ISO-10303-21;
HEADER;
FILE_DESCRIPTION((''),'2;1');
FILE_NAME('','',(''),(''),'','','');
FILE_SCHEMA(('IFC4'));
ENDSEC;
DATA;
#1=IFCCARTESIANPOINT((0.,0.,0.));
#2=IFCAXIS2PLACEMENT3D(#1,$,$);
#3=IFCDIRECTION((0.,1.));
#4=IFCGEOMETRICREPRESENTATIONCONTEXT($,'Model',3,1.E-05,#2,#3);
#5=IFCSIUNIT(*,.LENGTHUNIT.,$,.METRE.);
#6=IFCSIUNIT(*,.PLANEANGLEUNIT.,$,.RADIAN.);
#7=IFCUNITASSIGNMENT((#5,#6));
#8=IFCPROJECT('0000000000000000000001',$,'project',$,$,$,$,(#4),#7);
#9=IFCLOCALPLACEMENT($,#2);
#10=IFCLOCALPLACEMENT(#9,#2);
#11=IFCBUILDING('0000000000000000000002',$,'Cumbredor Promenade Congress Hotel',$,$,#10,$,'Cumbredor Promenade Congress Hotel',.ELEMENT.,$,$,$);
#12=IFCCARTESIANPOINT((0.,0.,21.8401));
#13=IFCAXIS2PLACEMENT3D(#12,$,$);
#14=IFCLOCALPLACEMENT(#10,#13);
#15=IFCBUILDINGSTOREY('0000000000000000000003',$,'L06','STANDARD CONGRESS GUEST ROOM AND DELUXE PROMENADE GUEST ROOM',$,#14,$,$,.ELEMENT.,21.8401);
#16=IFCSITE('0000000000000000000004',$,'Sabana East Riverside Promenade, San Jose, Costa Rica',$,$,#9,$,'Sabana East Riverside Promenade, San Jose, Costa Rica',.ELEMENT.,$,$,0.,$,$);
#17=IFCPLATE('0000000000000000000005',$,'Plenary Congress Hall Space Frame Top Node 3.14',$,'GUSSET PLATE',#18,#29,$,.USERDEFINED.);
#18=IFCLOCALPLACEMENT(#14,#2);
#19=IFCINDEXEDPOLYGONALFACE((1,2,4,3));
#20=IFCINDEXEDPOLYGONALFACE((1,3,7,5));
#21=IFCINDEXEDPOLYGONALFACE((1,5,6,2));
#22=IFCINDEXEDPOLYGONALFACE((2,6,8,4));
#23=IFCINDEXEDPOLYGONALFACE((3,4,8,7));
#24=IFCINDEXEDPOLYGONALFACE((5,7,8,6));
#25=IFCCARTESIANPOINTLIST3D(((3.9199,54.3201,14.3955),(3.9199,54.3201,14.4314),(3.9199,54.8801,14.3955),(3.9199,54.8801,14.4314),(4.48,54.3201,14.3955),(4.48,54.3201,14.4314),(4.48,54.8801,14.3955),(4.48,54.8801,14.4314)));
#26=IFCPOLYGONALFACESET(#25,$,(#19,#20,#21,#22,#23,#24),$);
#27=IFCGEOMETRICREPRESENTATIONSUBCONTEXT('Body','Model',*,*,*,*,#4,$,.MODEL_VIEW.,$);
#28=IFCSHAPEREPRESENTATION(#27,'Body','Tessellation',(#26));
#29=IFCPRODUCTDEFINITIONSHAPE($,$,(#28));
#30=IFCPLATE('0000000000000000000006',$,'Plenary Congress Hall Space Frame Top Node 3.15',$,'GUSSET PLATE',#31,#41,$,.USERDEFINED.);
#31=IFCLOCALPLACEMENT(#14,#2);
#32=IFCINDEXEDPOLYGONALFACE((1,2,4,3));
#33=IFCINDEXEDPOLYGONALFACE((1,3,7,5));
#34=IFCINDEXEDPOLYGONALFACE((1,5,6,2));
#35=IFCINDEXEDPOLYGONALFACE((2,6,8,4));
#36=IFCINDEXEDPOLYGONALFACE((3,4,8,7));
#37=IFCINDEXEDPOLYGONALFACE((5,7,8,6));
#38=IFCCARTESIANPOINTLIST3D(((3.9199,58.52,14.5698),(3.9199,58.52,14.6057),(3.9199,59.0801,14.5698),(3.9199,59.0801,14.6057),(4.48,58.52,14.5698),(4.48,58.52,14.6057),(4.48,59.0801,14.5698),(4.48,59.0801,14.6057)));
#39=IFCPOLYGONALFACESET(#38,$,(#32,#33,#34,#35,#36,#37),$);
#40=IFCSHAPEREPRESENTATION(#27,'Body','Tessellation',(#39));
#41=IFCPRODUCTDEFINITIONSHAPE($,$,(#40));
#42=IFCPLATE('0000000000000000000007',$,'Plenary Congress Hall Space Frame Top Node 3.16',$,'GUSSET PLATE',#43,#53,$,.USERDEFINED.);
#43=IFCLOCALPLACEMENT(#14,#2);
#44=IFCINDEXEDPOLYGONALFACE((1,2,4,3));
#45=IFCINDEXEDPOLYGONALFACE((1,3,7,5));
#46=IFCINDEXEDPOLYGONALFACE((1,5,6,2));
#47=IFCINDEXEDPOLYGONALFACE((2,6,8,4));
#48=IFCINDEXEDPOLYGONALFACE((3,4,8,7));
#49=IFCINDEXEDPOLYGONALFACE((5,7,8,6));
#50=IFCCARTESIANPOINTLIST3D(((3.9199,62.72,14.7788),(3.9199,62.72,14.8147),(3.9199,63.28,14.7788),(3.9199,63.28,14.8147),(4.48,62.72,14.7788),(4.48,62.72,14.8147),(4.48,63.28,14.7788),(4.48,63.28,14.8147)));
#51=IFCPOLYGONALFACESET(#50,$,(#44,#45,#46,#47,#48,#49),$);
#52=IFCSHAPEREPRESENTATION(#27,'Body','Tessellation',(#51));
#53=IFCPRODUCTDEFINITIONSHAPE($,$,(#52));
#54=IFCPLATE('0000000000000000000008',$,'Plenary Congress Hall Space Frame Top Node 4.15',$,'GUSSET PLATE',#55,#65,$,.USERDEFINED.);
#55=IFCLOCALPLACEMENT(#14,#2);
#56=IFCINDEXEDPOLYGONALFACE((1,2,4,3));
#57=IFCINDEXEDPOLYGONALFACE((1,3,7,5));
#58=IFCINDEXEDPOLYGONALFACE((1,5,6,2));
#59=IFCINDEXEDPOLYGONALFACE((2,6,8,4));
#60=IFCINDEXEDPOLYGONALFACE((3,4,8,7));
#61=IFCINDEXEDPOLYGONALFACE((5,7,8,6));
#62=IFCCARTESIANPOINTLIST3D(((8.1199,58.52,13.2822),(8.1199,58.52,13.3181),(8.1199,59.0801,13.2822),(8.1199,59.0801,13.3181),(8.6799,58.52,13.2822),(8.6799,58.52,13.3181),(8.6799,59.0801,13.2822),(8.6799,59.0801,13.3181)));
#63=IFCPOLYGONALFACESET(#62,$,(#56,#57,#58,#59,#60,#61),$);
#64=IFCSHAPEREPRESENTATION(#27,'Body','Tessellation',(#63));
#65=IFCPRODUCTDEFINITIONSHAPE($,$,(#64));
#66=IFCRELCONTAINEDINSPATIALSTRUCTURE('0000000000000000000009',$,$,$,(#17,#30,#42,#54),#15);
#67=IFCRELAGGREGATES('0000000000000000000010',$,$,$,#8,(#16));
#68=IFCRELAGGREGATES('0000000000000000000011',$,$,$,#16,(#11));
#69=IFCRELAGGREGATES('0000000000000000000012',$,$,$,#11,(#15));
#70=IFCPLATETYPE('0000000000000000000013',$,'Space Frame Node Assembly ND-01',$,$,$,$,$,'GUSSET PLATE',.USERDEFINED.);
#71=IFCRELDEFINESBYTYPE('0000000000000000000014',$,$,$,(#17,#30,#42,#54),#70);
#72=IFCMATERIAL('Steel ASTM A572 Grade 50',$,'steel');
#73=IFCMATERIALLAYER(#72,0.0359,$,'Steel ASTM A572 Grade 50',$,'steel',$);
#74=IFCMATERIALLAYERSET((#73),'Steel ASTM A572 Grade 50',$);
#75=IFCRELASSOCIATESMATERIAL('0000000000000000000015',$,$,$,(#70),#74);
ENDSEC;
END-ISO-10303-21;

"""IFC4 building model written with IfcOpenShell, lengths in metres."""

from ifc_helpers import new_model, si_unit, direction, frame, origin, origin_2d, place, context, subcontext, project, spatial, rectangle, extrude, material, layer, layer_set, type_object, element, save


model = new_model("IFC4")

# Units and contexts
model_context = context("Model", 3, precision=1e-05, world=origin(), true_north=direction((0.0, 1.0)))
body_context = subcontext(model_context, "Body", "Model", "MODEL_VIEW")
ifc_project = project(units=[si_unit("LENGTHUNIT", "METRE"), si_unit("PLANEANGLEUNIT", "RADIAN")], contexts=[model_context])

# Site, building, storey
site_placement = place(None, origin())
site = spatial("IfcSite", under=ifc_project, at=site_placement, Name="Sabana East Riverside Promenade, San Jose, Costa Rica", LongName="Sabana East Riverside Promenade, San Jose, Costa Rica", CompositionType="ELEMENT", RefElevation=0.0)
building_placement = place(site_placement, origin())
building = spatial("IfcBuilding", under=site, at=building_placement, Name="Cumbredor Promenade Congress Hotel", LongName="Cumbredor Promenade Congress Hotel", CompositionType="ELEMENT")
storey_placement = place(building_placement, frame((0.0, 0.0, 21.8401)))
storey = spatial("IfcBuildingStorey", under=building, at=storey_placement, Name="L06", Description="STANDARD CONGRESS GUEST ROOM AND DELUXE PROMENADE GUEST ROOM", CompositionType="ELEMENT", Elevation=21.8401)

# Plates
ifc_material_1 = material(Name="Steel ASTM A572 Grade 50", Category="steel")
ifc_layer = layer(ifc_material_1, 0.0359, Name="Steel ASTM A572 Grade 50", Category="steel")
ifc_layer_set = layer_set([ifc_layer], Name="Steel ASTM A572 Grade 50")
plate_type = type_object("IfcPlateType", Name="Space Frame Node Assembly ND-01", ElementType="GUSSET PLATE", PredefinedType="USERDEFINED", material=ifc_layer_set)
for number, where, z_axis, x_axis, name in (
    (1, (4.2, 54.6001, 14.3955), (0.0, 0.0, 1.0), (1.0, 0.0, 0.0), "Plenary Congress Hall Space Frame Top Node 3.14"),
    (2, (4.2, 58.8, 14.5698), (0.0, 0.0, 1.0), (1.0, 0.0, 0.0), "Plenary Congress Hall Space Frame Top Node 3.15"),
    (3, (4.2, 63.0, 14.7788), (0.0, 0.0, 1.0), (1.0, 0.0, 0.0), "Plenary Congress Hall Space Frame Top Node 3.16"),
    (4, (8.3999, 58.8, 13.2822), (0.0, 0.0, 1.0), (1.0, 0.0, 0.0), "Plenary Congress Hall Space Frame Top Node 4.15"),
):
    element("IfcPlate", number, at=place(storey_placement, frame(where, z_axis=z_axis, x_axis=x_axis)), inside=storey, type_object=plate_type, Name=name, ObjectType="GUSSET PLATE", PredefinedType="USERDEFINED", context=body_context, shape_type="SweptSolid", body=[
        extrude(rectangle(XDim=0.5601, YDim=0.5601, at=origin_2d()), origin(), (0.0, 0.0, 1.0), 0.0359),
    ])

save(model, "model.ifc")
